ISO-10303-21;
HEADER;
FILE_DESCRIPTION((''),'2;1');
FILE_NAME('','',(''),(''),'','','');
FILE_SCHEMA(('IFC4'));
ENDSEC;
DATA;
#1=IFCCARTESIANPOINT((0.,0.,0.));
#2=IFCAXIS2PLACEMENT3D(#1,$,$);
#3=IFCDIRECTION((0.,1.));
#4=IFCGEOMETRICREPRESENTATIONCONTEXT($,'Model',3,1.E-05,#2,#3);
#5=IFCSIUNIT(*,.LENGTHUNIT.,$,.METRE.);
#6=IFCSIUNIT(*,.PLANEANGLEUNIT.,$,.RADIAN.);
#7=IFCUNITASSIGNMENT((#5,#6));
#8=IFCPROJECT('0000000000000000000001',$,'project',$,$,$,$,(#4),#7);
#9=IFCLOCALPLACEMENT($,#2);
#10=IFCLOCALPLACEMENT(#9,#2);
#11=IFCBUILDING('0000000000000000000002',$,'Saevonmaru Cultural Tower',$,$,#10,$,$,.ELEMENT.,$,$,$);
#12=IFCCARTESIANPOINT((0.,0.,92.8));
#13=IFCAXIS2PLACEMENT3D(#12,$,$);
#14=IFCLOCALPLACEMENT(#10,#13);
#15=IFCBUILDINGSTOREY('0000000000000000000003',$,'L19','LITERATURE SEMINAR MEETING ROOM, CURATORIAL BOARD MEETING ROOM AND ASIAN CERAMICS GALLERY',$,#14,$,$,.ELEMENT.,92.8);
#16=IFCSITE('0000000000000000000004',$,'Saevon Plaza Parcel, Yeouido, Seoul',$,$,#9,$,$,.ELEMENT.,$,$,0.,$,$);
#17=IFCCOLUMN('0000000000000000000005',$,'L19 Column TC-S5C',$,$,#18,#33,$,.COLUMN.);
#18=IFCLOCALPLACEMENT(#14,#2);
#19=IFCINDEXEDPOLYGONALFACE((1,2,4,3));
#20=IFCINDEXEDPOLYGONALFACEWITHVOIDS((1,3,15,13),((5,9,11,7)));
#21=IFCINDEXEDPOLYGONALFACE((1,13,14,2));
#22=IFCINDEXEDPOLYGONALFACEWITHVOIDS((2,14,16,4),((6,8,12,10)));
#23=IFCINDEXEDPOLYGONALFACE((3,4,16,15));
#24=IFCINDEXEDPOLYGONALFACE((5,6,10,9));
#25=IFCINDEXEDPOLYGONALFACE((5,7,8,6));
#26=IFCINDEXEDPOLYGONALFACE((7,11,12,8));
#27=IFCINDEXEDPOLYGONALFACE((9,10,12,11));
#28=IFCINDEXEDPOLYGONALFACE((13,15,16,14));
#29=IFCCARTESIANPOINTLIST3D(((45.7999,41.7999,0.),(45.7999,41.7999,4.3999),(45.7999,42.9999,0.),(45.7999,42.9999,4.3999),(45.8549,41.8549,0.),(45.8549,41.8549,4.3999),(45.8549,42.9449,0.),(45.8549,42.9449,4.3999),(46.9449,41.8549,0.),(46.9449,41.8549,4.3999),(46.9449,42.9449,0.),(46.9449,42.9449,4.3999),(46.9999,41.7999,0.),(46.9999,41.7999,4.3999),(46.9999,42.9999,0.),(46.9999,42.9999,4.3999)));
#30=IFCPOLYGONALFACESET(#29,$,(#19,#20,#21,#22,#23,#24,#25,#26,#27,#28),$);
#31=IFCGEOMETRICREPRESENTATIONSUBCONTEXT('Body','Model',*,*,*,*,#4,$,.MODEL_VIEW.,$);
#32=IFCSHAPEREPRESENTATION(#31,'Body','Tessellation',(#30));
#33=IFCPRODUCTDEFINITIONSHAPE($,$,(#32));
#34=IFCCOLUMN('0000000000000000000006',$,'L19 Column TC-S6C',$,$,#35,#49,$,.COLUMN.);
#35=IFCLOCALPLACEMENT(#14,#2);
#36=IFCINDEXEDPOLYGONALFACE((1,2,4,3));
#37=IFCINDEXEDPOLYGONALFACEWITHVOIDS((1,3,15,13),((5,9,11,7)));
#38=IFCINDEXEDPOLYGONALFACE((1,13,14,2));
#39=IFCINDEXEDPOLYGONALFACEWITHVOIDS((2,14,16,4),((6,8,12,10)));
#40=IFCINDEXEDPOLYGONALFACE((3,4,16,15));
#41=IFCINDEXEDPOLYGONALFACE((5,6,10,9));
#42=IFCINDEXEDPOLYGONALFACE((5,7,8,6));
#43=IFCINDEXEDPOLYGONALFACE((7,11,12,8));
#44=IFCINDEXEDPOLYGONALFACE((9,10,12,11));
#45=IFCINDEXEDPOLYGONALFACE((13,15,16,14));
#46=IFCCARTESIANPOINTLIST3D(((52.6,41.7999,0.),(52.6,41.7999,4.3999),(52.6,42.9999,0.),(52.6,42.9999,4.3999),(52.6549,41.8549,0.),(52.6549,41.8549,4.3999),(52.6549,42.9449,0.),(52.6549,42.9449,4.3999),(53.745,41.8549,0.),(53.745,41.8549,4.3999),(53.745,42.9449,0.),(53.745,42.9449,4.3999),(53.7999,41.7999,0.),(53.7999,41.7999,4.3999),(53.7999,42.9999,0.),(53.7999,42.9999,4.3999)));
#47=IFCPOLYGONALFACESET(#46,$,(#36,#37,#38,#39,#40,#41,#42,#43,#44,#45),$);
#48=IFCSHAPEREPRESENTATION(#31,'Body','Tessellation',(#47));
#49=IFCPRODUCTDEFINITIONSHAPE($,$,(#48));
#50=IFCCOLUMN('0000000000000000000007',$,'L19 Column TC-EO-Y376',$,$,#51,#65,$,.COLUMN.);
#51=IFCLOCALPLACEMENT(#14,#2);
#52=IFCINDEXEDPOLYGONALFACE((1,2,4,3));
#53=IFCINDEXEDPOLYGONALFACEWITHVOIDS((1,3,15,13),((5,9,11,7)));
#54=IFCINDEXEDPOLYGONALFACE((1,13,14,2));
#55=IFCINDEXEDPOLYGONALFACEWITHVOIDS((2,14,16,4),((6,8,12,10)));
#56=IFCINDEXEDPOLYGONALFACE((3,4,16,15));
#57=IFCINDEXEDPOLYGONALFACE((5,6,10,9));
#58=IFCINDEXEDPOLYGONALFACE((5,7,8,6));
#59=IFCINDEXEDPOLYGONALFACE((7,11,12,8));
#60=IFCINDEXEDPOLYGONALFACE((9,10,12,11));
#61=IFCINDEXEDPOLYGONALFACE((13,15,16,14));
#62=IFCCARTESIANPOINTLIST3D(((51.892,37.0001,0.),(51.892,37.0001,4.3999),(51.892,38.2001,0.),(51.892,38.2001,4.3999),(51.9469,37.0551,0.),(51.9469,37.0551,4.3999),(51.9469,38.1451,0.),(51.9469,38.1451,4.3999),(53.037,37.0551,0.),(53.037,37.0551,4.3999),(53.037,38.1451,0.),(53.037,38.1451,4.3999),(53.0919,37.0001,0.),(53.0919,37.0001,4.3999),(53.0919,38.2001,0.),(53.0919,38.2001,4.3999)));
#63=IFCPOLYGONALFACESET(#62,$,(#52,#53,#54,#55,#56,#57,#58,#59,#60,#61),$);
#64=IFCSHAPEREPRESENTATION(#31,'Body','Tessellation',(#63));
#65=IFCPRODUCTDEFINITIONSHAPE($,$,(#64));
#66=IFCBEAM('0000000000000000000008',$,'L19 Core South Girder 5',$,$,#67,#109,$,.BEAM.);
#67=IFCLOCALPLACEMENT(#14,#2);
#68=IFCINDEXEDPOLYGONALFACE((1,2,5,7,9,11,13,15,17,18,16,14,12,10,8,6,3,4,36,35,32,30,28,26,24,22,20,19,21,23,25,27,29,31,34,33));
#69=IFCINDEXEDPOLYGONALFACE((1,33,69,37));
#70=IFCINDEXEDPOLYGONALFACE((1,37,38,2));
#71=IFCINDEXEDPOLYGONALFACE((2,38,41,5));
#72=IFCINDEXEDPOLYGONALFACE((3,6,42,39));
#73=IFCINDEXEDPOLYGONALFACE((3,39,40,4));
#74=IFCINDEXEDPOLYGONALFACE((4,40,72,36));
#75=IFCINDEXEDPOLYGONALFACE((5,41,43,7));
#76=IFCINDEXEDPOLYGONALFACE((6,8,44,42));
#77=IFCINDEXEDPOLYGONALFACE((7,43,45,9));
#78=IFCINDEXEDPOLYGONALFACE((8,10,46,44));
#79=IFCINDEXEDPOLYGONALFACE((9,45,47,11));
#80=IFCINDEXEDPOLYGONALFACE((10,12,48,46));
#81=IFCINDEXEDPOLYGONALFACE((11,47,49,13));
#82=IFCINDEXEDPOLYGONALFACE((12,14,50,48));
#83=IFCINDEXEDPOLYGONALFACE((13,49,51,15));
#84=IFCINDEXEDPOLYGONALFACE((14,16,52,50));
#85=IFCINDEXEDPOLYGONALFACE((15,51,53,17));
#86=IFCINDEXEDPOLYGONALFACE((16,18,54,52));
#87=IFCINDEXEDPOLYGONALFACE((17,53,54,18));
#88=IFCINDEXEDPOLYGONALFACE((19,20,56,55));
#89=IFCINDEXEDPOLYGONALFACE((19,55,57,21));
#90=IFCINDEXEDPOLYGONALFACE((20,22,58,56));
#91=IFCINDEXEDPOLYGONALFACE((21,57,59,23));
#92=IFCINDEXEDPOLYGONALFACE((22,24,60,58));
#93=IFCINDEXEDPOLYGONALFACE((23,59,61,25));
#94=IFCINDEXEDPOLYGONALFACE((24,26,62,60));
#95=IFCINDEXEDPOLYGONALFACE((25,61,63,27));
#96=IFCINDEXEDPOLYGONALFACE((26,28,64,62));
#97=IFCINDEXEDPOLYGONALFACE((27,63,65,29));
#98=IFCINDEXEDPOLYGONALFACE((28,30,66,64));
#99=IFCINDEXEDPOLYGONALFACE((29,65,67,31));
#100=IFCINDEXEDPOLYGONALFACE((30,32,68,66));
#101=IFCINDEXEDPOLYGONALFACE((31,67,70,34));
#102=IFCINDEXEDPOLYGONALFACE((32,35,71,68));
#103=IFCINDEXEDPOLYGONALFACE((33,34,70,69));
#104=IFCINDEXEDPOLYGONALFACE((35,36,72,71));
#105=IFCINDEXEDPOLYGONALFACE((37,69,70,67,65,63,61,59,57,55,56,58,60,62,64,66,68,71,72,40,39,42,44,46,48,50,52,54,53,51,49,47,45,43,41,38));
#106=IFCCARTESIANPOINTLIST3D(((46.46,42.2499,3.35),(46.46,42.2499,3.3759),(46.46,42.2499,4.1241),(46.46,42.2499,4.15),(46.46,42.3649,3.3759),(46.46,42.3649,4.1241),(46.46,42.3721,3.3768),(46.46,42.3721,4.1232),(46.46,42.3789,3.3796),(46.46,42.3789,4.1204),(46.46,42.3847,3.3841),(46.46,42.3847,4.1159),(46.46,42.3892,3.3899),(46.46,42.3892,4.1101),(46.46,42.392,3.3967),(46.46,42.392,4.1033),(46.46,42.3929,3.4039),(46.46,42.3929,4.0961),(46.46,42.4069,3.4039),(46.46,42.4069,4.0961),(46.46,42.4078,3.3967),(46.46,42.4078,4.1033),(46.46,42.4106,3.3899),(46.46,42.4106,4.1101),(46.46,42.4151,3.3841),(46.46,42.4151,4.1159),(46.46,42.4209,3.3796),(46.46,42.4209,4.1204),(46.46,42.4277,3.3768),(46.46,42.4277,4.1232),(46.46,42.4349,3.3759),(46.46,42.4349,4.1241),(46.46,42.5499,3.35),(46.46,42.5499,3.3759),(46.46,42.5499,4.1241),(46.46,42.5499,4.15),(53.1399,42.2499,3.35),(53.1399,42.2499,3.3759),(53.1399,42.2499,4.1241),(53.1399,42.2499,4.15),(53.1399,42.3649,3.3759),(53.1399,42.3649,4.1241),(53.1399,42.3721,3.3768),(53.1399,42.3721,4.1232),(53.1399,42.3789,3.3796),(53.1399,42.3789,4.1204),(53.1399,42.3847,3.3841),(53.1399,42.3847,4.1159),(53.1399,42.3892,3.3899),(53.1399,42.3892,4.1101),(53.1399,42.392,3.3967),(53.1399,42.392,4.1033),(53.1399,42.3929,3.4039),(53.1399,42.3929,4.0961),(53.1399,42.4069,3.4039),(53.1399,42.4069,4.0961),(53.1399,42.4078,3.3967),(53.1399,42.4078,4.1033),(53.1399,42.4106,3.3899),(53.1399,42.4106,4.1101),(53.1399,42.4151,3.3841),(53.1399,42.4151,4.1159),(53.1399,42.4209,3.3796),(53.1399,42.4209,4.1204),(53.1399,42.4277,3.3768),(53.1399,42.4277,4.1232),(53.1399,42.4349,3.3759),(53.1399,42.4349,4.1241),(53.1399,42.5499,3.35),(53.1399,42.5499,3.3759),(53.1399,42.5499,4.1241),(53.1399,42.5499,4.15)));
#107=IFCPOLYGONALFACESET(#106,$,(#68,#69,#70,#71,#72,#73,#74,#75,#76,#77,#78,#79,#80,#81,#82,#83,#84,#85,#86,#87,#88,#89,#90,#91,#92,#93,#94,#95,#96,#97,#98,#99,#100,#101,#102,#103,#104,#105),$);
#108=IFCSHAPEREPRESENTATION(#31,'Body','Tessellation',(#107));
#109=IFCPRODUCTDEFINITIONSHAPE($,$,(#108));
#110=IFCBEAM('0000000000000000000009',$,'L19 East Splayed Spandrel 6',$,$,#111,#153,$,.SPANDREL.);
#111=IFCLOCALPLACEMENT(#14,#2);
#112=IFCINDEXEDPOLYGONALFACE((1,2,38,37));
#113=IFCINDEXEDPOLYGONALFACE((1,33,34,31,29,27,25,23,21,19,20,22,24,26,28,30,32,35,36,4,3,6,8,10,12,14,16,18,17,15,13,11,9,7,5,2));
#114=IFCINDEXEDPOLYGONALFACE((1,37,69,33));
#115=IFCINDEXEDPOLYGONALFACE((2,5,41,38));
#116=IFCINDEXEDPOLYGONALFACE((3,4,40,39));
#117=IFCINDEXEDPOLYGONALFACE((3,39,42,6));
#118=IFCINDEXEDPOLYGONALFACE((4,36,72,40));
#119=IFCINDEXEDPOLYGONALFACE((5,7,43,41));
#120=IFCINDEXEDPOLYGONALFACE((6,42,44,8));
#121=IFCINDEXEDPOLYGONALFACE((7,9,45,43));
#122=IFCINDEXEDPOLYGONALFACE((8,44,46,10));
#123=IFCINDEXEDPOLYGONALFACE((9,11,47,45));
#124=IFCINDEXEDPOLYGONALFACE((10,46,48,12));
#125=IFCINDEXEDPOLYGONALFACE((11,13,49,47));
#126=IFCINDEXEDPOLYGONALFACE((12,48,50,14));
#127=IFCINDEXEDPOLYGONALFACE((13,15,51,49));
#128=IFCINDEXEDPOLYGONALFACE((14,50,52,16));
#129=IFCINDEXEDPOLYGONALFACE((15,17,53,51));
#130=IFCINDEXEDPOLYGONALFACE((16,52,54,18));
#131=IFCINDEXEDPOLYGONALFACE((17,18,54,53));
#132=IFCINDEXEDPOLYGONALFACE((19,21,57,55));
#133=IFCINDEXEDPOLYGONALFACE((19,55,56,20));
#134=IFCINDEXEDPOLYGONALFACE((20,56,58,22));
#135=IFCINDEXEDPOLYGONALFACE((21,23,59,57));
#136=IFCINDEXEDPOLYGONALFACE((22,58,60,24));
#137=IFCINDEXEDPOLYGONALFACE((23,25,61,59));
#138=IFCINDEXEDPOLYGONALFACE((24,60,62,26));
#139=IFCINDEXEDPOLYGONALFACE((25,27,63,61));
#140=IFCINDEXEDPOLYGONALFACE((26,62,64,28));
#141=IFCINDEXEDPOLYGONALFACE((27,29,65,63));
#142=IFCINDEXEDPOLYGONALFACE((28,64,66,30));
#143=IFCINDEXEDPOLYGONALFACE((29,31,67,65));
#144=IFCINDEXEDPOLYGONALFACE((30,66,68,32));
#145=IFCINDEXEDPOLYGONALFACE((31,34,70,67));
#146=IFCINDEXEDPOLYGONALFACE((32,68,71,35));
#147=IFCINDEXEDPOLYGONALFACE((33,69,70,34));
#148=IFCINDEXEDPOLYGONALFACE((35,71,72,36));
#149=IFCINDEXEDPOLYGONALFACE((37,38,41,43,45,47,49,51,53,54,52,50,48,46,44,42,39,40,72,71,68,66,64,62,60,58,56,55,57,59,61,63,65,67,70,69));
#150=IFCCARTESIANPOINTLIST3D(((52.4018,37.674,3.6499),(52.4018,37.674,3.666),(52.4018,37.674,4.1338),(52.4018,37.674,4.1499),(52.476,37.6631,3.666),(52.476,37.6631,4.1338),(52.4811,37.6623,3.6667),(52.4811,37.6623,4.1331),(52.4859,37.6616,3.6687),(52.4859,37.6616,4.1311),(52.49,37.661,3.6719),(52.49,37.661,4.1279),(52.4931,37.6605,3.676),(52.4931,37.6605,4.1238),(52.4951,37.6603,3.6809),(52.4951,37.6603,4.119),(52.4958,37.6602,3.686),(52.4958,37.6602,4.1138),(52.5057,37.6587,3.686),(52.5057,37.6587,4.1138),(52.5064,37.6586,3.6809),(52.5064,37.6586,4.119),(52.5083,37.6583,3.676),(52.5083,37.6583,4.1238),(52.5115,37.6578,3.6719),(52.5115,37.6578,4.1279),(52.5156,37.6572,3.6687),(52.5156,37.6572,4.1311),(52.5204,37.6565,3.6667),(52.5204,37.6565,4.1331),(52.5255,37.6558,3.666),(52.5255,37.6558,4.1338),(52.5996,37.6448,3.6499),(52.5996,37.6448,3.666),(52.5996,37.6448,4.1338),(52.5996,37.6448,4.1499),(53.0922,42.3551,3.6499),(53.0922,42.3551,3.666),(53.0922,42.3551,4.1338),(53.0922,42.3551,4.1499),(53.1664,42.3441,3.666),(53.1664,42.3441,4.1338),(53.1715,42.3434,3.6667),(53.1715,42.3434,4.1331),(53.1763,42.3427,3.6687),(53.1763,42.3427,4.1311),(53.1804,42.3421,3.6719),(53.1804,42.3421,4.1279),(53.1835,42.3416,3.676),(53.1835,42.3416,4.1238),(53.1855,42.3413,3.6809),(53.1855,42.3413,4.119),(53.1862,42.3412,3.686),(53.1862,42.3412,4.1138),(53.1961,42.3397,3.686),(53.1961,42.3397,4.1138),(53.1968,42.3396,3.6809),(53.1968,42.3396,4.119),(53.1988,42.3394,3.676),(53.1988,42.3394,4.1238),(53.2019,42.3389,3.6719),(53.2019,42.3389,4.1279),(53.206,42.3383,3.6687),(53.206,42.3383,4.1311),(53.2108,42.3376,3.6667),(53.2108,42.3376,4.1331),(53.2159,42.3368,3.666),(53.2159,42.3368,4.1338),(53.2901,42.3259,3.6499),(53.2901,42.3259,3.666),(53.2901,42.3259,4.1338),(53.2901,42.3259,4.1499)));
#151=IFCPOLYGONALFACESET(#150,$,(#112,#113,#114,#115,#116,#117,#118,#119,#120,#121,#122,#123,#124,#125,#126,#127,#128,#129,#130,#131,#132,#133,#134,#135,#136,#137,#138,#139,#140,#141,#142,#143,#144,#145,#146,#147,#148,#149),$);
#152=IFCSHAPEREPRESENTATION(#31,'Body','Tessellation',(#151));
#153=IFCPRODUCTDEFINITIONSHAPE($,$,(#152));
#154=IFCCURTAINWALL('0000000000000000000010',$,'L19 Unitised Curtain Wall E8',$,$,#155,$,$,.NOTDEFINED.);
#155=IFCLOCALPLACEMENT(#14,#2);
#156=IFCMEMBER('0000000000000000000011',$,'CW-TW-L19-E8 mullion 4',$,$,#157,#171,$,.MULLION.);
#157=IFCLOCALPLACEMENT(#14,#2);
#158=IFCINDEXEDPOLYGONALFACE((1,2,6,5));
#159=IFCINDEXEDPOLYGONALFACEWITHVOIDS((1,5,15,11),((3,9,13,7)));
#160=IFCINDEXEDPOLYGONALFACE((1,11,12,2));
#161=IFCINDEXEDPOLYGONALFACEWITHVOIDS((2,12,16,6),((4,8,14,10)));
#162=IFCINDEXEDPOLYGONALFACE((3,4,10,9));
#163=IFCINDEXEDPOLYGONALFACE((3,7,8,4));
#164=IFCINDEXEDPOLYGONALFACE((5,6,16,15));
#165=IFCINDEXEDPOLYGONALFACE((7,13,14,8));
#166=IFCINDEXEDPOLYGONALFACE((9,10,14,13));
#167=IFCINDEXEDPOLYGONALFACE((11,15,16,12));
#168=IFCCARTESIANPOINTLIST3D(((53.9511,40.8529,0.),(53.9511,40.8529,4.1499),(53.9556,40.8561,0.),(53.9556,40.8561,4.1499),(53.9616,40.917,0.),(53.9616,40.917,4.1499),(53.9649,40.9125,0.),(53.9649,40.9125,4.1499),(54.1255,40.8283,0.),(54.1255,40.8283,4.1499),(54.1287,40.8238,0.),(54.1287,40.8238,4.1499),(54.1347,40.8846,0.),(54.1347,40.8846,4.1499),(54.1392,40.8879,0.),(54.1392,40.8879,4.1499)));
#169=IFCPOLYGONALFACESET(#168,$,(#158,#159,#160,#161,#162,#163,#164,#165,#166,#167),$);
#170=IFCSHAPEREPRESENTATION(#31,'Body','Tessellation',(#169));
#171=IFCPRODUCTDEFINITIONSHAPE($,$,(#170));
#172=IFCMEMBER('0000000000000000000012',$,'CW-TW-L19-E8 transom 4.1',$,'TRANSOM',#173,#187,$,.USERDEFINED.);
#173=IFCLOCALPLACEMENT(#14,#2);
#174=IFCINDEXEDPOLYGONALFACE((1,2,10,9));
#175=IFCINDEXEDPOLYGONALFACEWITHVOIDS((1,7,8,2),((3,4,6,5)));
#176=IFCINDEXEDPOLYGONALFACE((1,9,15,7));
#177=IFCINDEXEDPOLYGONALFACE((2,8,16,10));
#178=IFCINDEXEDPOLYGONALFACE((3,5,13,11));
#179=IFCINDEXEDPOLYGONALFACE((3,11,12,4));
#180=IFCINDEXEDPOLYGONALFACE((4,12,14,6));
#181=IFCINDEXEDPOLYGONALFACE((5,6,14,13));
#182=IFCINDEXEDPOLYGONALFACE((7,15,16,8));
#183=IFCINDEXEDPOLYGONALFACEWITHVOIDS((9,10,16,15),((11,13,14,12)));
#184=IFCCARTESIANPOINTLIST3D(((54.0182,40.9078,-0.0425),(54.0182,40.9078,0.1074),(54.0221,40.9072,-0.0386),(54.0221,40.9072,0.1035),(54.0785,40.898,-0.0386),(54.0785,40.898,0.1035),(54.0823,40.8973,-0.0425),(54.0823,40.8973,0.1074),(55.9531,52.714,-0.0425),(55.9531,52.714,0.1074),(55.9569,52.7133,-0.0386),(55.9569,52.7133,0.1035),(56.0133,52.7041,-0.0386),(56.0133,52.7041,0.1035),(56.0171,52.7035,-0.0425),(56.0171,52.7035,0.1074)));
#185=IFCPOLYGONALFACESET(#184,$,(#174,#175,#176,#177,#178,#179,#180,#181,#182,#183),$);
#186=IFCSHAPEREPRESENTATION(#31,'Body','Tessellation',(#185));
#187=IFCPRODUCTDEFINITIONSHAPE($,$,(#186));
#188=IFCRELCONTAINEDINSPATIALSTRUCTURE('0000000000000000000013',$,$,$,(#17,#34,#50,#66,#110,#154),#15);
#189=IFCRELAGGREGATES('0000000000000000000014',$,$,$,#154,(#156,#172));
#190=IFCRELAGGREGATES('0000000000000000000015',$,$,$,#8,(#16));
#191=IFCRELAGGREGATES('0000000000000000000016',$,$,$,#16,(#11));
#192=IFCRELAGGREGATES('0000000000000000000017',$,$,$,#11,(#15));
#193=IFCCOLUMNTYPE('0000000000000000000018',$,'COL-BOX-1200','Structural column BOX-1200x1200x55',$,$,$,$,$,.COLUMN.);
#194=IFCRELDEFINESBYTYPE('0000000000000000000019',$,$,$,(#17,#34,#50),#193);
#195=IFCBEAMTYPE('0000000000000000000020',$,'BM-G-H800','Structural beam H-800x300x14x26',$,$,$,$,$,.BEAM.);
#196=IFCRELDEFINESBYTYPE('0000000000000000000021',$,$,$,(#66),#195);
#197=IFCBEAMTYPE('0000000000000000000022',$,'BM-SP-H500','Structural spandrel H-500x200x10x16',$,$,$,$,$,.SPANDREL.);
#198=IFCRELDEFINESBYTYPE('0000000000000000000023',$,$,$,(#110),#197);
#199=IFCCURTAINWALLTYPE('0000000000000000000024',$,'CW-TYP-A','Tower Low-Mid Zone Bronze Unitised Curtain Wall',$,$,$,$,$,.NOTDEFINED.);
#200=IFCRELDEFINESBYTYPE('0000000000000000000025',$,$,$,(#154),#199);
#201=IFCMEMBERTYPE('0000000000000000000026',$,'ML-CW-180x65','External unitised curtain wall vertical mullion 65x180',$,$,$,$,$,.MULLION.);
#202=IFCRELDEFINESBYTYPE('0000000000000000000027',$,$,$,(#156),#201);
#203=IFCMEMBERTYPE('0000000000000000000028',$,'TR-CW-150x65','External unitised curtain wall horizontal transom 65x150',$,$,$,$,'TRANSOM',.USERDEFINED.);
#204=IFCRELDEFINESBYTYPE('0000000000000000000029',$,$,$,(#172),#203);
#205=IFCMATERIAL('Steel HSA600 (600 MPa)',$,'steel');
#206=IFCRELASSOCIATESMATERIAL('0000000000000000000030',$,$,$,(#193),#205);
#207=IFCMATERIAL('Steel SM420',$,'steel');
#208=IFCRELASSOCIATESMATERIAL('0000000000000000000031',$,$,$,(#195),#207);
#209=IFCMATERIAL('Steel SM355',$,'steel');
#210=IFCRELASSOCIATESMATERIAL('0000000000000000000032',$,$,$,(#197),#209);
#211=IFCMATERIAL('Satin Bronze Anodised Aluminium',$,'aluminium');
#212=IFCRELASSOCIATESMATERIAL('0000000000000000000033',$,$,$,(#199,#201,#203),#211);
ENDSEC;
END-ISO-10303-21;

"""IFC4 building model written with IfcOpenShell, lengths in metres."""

from ifc_helpers import new_model, si_unit, direction, frame, origin, origin_2d, place, context, subcontext, project, spatial, hollow_rectangle, i_section, extrude, material, material_profile, profile_set, type_object, element, aggregate, save


model = new_model("IFC4")

# Units and contexts
model_context = context("Model", 3, precision=1e-05, world=origin(), true_north=direction((0.0, 1.0)))
body_context = subcontext(model_context, "Body", "Model", "MODEL_VIEW")
ifc_project = project(units=[si_unit("LENGTHUNIT", "METRE"), si_unit("PLANEANGLEUNIT", "RADIAN")], contexts=[model_context])

# Site, building, storey
site_placement = place(None, origin())
site = spatial("IfcSite", under=ifc_project, at=site_placement, Name="Saevon Plaza Parcel, Yeouido, Seoul", CompositionType="ELEMENT", RefElevation=0.0)
building_placement = place(site_placement, origin())
building = spatial("IfcBuilding", under=site, at=building_placement, Name="Saevonmaru Cultural Tower", CompositionType="ELEMENT")
storey_placement = place(building_placement, frame((0.0, 0.0, 92.8)))
storey = spatial("IfcBuildingStorey", under=building, at=storey_placement, Name="L19", Description="LITERATURE SEMINAR MEETING ROOM, CURATORIAL BOARD MEETING ROOM AND ASIAN CERAMICS GALLERY", CompositionType="ELEMENT", Elevation=92.8)

# Columns
ifc_material_1 = material(Name="Steel HSA600 (600 MPa)", Category="steel")
ifc_material_profile_1 = material_profile(ifc_material_1, hollow_rectangle(XDim=1.2, YDim=1.2, WallThickness=0.0549, at=origin_2d()), Name="BOX-1200x1200x55")
ifc_profile_set_1 = profile_set([ifc_material_profile_1], Name="Steel HSA600 (600 MPa)")
column_type = type_object("IfcColumnType", Name="COL-BOX-1200", Description="Structural column BOX-1200x1200x55", PredefinedType="COLUMN", material=ifc_profile_set_1)
for number, where, z_axis, x_axis, name in (
    (1, (46.3999, 42.3999, 0.0), (0.0, 0.0, 1.0), (1.0, 0.0, 0.0), "L19 Column TC-S5C"),
    (2, (53.2, 42.3999, 0.0), (0.0, 0.0, 1.0), (1.0, 0.0, 0.0), "L19 Column TC-S6C"),
    (3, (52.4919, 37.6001, 0.0), (0.0, 0.0, 1.0), (1.0, 0.0, 0.0), "L19 Column TC-EO-Y376"),
):
    element("IfcColumn", number, at=place(storey_placement, frame(where, z_axis=z_axis, x_axis=x_axis)), inside=storey, type_object=column_type, Name=name, PredefinedType="COLUMN", context=body_context, shape_type="SweptSolid", body=[
        extrude(hollow_rectangle(XDim=1.2, YDim=1.2, WallThickness=0.0549, at=origin_2d()), origin(), (0.0, 0.0, 1.0), 4.3999),
    ])

# Beams
ifc_material_2 = material(Name="Steel SM420", Category="steel")
ifc_material_profile_2 = material_profile(ifc_material_2, i_section(OverallWidth=0.3, OverallDepth=0.8, WebThickness=0.0139, FlangeThickness=0.0259, FilletRadius=0.0281, at=origin_2d()), Name="H-800x300x14x26")
ifc_profile_set_2 = profile_set([ifc_material_profile_2], Name="Steel SM420")
beam_type_1 = type_object("IfcBeamType", Name="BM-G-H800", Description="Structural beam H-800x300x14x26", PredefinedType="BEAM", material=ifc_profile_set_2)
beam_1_placement = place(storey_placement, frame((46.46, 42.3999, 3.75), z_axis=(1.0, 0.0, 0.0), x_axis=(0.0, 1.0, 0.0)))
element("IfcBeam", 4, at=beam_1_placement, inside=storey, type_object=beam_type_1, Name="L19 Core South Girder 5", PredefinedType="BEAM", context=body_context, shape_type="SweptSolid", body=[
    extrude(i_section(OverallWidth=0.3, OverallDepth=0.8, WebThickness=0.0139, FlangeThickness=0.0259, FilletRadius=0.0281, at=origin_2d()), origin(), (0.0, 0.0, 1.0), 6.6799),
])
ifc_material_3 = material(Name="Steel SM355", Category="steel")
ifc_material_profile_3 = material_profile(ifc_material_3, i_section(OverallWidth=0.2, OverallDepth=0.5, WebThickness=0.01, FlangeThickness=0.0161, FilletRadius=0.02, at=origin_2d()), Name="H-500x200x10x16")
ifc_profile_set_3 = profile_set([ifc_material_profile_3], Name="Steel SM355")
beam_type_2 = type_object("IfcBeamType", Name="BM-SP-H500", Description="Structural spandrel H-500x200x10x16", PredefinedType="SPANDREL", material=ifc_profile_set_3)
beam_2_placement = place(storey_placement, frame((52.5007, 37.6594, 3.8999), z_axis=(0.145913, 0.989297, 0.0), x_axis=(-0.989297, 0.145913, 0.0)))
element("IfcBeam", 5, at=beam_2_placement, inside=storey, type_object=beam_type_2, Name="L19 East Splayed Spandrel 6", PredefinedType="SPANDREL", context=body_context, shape_type="SweptSolid", body=[
    extrude(i_section(OverallWidth=0.2, OverallDepth=0.5, WebThickness=0.01, FlangeThickness=0.0161, FilletRadius=0.02, at=origin_2d()), origin(), (0.0, 0.0, 1.0), 4.7317),
])

# Curtain wall, members
ifc_material_4 = material(Name="Satin Bronze Anodised Aluminium", Category="aluminium")
curtain_wall_type = type_object("IfcCurtainWallType", Name="CW-TYP-A", Description="Tower Low-Mid Zone Bronze Unitised Curtain Wall", PredefinedType="NOTDEFINED", material=ifc_material_4)
curtain_wall_placement = place(storey_placement, origin())
curtain_wall = element("IfcCurtainWall", 6, at=curtain_wall_placement, inside=storey, type_object=curtain_wall_type, Name="L19 Unitised Curtain Wall E8", PredefinedType="NOTDEFINED")
ifc_material_profile_4 = material_profile(ifc_material_4, hollow_rectangle(XDim=0.0649, YDim=0.1799, WallThickness=0.0039, at=origin_2d()), Name="ALU-MULL-180x65x4")
ifc_profile_set_4 = profile_set([ifc_material_profile_4], Name="Satin Bronze Anodised Aluminium")
member_type_1 = type_object("IfcMemberType", Name="ML-CW-180x65", Description="External unitised curtain wall vertical mullion 65x180", PredefinedType="MULLION", material=ifc_profile_set_4)
member_1_placement = place(storey_placement, frame((54.0452, 40.8704, 0.0), z_axis=(0.0, 0.0, 1.0), x_axis=(0.161709, 0.986839, 0.0)))
member_1 = element("IfcMember", 7, at=member_1_placement, type_object=member_type_1, Name="CW-TW-L19-E8 mullion 4", PredefinedType="MULLION", context=body_context, shape_type="SweptSolid", body=[
    extrude(hollow_rectangle(XDim=0.0649, YDim=0.1799, WallThickness=0.0039, at=origin_2d()), origin(), (0.0, 0.0, 1.0), 4.1499),
])
ifc_material_profile_5 = material_profile(ifc_material_4, hollow_rectangle(XDim=0.0649, YDim=0.1499, WallThickness=0.0039, at=origin_2d()), Name="ALU-TRAN-150x65x4")
ifc_profile_set_5 = profile_set([ifc_material_profile_5], Name="Satin Bronze Anodised Aluminium")
member_type_2 = type_object("IfcMemberType", Name="TR-CW-150x65", Description="External unitised curtain wall horizontal transom 65x150", ElementType="TRANSOM", PredefinedType="USERDEFINED", material=ifc_profile_set_5)
member_2_placement = place(storey_placement, frame((54.0503, 40.9026, 0.0325), z_axis=(0.161725, 0.986836, 0.0), x_axis=(-0.986836, 0.161725, 0.0)))
member_2 = element("IfcMember", 8, at=member_2_placement, type_object=member_type_2, Name="CW-TW-L19-E8 transom 4.1", ObjectType="TRANSOM", PredefinedType="USERDEFINED", context=body_context, shape_type="SweptSolid", body=[
    extrude(hollow_rectangle(XDim=0.0649, YDim=0.1499, WallThickness=0.0039, at=origin_2d()), origin(), (0.0, 0.0, 1.0), 11.9636),
])
aggregate(curtain_wall, [member_1, member_2])

save(model, "model.ifc")
